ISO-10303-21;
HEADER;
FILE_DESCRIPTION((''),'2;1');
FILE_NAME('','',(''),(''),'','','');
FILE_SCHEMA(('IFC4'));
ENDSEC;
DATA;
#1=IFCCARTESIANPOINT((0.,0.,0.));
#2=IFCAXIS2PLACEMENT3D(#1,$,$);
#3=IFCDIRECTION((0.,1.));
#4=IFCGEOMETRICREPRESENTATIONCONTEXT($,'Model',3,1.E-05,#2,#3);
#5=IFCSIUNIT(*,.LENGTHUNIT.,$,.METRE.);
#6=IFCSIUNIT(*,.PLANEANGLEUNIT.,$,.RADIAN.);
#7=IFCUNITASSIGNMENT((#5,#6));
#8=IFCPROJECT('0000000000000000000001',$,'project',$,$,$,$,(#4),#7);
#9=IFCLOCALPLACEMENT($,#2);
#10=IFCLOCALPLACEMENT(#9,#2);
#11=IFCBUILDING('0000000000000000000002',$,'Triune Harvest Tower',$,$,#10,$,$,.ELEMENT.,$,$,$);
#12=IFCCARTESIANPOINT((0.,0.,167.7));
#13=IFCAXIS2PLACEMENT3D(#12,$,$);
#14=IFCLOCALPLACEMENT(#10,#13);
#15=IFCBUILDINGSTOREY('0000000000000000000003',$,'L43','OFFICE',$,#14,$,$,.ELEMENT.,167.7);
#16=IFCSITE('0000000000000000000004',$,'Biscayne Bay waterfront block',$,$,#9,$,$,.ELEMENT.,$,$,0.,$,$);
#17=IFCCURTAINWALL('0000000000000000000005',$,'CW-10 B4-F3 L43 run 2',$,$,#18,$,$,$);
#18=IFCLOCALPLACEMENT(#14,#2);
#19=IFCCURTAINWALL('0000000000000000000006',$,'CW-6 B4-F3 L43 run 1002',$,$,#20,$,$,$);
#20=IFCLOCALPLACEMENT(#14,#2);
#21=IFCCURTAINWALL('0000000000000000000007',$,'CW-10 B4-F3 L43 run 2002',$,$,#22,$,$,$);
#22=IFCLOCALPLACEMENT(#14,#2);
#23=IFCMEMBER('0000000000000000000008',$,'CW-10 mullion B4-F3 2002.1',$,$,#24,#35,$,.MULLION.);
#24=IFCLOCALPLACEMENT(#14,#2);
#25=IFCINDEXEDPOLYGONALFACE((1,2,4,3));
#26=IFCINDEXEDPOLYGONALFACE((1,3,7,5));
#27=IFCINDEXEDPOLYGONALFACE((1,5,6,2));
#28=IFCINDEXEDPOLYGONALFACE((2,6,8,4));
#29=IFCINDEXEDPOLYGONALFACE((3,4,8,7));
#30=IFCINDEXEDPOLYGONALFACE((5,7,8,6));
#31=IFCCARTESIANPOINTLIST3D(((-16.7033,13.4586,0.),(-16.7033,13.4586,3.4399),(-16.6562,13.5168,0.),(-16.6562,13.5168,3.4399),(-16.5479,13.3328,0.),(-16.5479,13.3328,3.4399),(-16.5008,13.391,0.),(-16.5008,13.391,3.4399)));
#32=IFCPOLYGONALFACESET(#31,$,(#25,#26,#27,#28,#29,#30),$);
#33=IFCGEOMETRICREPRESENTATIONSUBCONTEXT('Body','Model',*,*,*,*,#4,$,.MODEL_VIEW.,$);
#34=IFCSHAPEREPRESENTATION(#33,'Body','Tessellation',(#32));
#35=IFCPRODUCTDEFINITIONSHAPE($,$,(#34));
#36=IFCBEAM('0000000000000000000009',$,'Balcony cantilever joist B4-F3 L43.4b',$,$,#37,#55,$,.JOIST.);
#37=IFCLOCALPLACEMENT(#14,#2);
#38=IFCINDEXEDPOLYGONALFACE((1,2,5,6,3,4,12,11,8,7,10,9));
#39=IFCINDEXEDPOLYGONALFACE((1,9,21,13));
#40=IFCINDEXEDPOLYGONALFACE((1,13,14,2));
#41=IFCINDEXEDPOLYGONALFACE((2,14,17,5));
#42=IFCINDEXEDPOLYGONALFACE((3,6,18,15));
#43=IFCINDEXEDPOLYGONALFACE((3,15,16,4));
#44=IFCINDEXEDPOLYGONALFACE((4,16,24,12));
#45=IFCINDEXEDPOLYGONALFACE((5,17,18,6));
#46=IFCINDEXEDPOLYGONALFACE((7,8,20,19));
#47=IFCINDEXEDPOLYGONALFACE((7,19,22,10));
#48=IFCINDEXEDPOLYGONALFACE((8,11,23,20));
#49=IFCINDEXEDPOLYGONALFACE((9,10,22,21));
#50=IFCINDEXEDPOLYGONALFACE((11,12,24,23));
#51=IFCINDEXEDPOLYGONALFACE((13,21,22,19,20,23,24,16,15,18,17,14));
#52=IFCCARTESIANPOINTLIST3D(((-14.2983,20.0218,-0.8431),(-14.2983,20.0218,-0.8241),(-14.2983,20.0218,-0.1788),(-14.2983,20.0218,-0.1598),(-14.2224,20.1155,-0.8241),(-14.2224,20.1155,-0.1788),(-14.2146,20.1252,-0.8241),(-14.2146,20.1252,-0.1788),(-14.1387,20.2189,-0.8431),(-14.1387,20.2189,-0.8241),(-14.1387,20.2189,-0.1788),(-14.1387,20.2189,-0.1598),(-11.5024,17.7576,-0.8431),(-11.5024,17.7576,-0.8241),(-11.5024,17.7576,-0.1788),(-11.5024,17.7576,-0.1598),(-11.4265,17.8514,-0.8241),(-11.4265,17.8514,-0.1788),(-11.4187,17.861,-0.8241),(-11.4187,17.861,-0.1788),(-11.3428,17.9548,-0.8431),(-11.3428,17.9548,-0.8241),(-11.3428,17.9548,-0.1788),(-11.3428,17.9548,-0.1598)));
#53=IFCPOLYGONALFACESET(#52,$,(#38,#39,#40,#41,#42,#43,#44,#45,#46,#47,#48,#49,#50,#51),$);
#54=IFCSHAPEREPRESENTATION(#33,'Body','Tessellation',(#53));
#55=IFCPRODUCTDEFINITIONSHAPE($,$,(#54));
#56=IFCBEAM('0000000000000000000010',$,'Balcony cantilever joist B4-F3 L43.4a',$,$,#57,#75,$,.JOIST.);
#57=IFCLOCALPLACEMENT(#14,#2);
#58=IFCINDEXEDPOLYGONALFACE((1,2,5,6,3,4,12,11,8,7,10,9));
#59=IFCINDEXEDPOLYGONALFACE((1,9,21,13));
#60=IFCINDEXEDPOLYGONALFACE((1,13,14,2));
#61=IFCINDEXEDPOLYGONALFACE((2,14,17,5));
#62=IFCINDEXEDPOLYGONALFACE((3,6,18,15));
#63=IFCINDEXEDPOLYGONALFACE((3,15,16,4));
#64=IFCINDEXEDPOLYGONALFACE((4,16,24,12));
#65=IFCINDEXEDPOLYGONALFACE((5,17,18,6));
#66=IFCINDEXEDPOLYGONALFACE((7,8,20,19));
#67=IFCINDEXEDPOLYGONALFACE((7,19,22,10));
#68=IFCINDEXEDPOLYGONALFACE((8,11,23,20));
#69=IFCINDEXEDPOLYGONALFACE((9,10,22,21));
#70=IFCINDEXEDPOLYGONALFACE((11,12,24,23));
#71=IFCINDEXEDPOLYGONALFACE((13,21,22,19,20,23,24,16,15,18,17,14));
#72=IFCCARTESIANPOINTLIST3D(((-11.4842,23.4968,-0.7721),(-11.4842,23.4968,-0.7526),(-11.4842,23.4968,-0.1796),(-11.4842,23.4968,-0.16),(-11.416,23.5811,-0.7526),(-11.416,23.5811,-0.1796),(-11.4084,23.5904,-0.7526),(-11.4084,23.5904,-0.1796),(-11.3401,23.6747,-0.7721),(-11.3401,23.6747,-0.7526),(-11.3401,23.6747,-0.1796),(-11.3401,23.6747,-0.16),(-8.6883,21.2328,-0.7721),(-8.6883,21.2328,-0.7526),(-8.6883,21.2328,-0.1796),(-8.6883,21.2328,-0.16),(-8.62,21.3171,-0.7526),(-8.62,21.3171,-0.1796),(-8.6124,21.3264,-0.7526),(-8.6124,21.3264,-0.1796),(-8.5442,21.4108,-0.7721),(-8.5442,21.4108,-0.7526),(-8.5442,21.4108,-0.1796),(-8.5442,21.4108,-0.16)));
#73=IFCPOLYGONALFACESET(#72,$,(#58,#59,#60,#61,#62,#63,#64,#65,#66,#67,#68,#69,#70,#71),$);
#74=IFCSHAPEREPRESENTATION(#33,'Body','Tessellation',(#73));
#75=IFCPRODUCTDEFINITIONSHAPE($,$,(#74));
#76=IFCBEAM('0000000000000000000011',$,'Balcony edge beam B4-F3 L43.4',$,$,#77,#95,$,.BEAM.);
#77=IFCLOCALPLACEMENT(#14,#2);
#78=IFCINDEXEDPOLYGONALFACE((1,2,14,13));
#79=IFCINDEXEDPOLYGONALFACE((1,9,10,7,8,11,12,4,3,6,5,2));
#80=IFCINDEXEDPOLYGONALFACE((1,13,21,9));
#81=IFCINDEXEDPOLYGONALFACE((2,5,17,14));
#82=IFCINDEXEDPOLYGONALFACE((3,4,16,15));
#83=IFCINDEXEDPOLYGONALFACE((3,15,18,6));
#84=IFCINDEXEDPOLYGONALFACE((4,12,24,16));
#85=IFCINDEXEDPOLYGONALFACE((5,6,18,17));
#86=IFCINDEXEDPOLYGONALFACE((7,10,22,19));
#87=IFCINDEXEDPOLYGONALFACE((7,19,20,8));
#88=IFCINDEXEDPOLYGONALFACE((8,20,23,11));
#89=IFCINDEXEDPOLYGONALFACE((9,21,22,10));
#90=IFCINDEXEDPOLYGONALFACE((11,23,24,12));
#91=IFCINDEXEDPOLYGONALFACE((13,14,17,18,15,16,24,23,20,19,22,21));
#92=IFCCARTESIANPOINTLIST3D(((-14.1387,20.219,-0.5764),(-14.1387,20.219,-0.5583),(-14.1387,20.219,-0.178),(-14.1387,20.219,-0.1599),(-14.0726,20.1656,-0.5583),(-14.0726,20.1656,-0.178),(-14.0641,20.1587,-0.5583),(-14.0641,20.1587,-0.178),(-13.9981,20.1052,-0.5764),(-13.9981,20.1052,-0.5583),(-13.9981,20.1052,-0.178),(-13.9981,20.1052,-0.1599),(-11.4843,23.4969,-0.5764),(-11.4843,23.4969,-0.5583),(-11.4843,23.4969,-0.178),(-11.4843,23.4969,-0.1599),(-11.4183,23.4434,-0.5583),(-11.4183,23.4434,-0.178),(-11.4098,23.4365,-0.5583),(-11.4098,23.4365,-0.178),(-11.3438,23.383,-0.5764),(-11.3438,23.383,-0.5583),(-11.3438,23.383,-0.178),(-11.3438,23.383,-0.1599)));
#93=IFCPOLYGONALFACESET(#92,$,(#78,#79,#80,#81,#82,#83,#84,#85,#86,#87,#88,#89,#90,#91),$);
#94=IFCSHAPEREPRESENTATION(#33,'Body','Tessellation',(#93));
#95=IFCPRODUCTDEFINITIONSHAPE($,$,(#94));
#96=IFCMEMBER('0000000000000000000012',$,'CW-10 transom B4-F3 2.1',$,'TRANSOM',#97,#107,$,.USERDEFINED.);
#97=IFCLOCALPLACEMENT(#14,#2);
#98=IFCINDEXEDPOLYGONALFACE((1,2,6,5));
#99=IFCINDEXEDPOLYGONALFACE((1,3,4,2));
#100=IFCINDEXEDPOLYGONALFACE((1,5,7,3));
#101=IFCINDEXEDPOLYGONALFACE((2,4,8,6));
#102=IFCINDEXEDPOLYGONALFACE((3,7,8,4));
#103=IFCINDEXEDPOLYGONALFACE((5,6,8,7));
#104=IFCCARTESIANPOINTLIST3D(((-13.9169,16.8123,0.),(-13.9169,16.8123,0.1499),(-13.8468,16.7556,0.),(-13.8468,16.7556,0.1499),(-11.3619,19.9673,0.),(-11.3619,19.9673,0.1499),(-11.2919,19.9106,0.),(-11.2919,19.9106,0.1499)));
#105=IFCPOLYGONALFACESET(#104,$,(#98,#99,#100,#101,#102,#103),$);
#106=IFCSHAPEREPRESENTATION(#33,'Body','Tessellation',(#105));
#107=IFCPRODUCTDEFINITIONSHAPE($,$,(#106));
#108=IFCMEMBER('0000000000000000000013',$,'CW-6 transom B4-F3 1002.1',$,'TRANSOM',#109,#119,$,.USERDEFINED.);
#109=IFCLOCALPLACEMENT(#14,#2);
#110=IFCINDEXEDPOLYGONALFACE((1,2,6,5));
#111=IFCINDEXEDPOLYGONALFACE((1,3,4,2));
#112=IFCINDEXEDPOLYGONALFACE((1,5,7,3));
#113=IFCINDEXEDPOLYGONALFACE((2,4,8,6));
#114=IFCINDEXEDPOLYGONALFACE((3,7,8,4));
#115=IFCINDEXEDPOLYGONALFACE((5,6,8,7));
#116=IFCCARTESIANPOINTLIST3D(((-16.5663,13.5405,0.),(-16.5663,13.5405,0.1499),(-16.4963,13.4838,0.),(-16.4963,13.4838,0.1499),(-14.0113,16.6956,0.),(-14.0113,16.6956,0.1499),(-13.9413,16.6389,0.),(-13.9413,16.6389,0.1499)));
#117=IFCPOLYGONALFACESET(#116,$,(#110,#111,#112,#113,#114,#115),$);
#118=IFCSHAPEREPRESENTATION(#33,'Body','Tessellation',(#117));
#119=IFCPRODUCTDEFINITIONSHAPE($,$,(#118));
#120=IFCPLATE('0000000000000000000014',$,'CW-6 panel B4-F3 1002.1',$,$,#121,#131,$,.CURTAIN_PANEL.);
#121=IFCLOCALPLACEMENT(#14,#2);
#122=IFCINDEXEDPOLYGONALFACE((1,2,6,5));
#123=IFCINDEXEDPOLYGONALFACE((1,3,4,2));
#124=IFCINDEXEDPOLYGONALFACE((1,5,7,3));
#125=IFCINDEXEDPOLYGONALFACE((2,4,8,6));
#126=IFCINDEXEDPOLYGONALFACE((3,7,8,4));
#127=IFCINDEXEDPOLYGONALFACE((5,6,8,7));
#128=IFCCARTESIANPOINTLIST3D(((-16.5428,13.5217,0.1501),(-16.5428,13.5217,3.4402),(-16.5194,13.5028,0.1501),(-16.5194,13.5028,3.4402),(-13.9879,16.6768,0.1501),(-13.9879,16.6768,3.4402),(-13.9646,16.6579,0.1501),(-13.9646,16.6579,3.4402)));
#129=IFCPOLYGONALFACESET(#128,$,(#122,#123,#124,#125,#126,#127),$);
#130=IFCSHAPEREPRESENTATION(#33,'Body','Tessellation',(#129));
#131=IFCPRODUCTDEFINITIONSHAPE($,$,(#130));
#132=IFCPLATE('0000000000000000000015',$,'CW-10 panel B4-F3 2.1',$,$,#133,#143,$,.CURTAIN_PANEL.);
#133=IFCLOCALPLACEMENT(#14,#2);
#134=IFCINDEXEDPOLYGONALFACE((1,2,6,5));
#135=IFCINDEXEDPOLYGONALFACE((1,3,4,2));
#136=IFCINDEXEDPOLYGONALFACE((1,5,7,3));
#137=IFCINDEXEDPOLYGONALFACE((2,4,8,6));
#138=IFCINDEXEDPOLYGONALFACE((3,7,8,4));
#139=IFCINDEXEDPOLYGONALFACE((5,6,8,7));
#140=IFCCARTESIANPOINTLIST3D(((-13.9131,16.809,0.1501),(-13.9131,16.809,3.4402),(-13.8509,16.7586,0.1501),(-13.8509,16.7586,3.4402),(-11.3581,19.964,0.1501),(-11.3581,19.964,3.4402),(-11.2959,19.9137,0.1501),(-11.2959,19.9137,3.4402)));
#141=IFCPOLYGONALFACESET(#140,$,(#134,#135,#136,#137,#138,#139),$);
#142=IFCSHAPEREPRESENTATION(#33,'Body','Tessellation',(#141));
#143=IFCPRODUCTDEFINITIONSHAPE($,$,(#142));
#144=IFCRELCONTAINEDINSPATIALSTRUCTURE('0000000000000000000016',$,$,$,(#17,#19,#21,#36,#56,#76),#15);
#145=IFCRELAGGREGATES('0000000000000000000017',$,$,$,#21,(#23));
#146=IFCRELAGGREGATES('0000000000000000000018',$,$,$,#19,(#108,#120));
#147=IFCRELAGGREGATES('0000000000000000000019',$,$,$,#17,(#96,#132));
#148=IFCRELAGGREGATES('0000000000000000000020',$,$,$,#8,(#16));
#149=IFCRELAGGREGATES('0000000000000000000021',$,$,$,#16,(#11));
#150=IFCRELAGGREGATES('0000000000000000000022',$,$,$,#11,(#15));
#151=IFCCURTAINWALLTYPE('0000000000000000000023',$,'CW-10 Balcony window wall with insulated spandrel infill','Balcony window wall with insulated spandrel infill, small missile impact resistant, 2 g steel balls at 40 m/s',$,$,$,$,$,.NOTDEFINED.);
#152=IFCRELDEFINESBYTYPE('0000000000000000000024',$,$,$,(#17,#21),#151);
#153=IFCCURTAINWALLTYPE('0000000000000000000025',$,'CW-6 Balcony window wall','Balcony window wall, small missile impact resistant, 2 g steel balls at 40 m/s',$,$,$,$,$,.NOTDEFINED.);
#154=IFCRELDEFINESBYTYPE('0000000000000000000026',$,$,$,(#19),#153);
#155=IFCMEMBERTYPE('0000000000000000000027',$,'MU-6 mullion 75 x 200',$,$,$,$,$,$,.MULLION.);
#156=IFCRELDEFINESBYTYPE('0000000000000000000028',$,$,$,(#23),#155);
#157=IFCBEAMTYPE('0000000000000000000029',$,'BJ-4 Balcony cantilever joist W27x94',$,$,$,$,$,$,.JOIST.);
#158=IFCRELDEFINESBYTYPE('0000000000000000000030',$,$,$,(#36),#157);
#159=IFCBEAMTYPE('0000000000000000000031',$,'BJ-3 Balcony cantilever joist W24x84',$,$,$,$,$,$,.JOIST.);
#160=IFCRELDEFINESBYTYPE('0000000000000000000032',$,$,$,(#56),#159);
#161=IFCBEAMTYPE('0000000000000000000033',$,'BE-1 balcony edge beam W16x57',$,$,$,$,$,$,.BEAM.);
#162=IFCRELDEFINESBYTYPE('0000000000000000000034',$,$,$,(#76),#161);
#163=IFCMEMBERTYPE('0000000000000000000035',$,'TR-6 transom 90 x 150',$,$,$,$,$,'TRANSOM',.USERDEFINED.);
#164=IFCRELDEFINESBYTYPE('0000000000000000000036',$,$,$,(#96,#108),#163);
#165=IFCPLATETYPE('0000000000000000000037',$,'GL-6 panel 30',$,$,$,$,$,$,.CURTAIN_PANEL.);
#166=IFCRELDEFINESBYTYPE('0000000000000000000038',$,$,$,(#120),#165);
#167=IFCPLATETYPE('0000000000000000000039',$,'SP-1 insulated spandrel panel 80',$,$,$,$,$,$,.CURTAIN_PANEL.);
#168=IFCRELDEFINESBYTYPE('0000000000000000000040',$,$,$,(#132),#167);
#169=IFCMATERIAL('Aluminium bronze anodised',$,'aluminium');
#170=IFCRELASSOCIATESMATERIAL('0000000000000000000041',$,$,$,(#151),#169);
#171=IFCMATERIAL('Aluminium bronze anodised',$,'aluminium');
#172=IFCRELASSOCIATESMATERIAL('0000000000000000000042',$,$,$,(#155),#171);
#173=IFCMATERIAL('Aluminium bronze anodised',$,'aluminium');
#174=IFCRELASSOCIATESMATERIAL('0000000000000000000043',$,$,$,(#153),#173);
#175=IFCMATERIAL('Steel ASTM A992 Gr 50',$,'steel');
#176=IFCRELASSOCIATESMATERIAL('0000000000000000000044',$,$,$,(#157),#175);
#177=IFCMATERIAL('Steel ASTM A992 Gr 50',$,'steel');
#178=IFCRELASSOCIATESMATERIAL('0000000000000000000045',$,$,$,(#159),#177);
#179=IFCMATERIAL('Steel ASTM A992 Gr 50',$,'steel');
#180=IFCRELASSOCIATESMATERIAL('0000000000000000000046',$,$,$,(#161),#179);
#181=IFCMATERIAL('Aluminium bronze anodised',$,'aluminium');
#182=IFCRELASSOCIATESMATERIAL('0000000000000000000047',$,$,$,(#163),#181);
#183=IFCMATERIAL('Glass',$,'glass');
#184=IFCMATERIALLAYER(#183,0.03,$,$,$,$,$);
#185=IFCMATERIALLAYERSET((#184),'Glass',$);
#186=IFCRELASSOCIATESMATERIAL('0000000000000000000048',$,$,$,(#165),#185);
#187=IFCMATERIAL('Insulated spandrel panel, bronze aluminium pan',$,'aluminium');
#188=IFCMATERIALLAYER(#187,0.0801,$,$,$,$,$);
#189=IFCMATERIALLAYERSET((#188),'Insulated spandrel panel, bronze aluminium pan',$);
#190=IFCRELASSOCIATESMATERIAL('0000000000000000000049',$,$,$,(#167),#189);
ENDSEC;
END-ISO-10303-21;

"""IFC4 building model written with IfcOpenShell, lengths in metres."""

from ifc_helpers import new_model, si_unit, direction, frame, origin, origin_2d, place, context, subcontext, project, spatial, rectangle, i_section, extrude, source, transform, mapped, material, layer, layer_set, material_profile, profile_set, type_object, element, aggregate, save


model = new_model("IFC4")

# Units and contexts
model_context = context("Model", 3, precision=1e-05, world=origin(), true_north=direction((0.0, 1.0)))
body_context = subcontext(model_context, "Body", "Model", "MODEL_VIEW")
ifc_project = project(units=[si_unit("LENGTHUNIT", "METRE"), si_unit("PLANEANGLEUNIT", "RADIAN")], contexts=[model_context])

# Site, building, storey
site_placement = place(None, origin())
site = spatial("IfcSite", under=ifc_project, at=site_placement, Name="Biscayne Bay waterfront block", CompositionType="ELEMENT", RefElevation=0.0)
building_placement = place(site_placement, origin())
building = spatial("IfcBuilding", under=site, at=building_placement, Name="Triune Harvest Tower", CompositionType="ELEMENT")
storey_placement = place(building_placement, frame((0.0, 0.0, 167.7)))
storey = spatial("IfcBuildingStorey", under=building, at=storey_placement, Name="L43", Description="OFFICE", CompositionType="ELEMENT", Elevation=167.7)

# Curtain walls
ifc_material_1 = material(Name="Aluminium bronze anodised", Category="aluminium")
curtain_wall_type_1 = type_object("IfcCurtainWallType", Name="CW-10 Balcony window wall with insulated spandrel infill", Description="Balcony window wall with insulated spandrel infill, small missile impact resistant, 2 g steel balls at 40 m/s", PredefinedType="NOTDEFINED", material=ifc_material_1)
curtain_wall_1_placement = place(storey_placement, origin())
curtain_wall_1 = element("IfcCurtainWall", 1, at=curtain_wall_1_placement, inside=storey, type_object=curtain_wall_type_1, Name="CW-10 B4-F3 L43 run 2")
ifc_material_2 = material(Name="Aluminium bronze anodised", Category="aluminium")
ifc_material_profile_1 = material_profile(ifc_material_2, rectangle(XDim=0.2, YDim=0.075, at=origin_2d()), Name="MU-6 mullion 75 x 200")
ifc_profile_set_1 = profile_set([ifc_material_profile_1], Name="Aluminium bronze anodised")
member_type_1 = type_object("IfcMemberType", Name="MU-6 mullion 75 x 200", PredefinedType="MULLION", material=ifc_profile_set_1)
shared_shape_1 = source(origin(), body_context, "Body", "SweptSolid", [
    extrude(rectangle(XDim=0.2, YDim=0.075, at=origin_2d()), origin(), (0.0, 0.0, 1.0), 3.4399),
])
ifc_material_3 = material(Name="Aluminium bronze anodised", Category="aluminium")
curtain_wall_type_2 = type_object("IfcCurtainWallType", Name="CW-6 Balcony window wall", Description="Balcony window wall, small missile impact resistant, 2 g steel balls at 40 m/s", PredefinedType="NOTDEFINED", material=ifc_material_3)
curtain_wall_2_placement = place(storey_placement, origin())
curtain_wall_2 = element("IfcCurtainWall", 2, at=curtain_wall_2_placement, inside=storey, type_object=curtain_wall_type_2, Name="CW-6 B4-F3 L43 run 1002")

# Curtain wall, member
curtain_wall_3_placement = place(storey_placement, origin())
curtain_wall_3 = element("IfcCurtainWall", 3, at=curtain_wall_3_placement, inside=storey, type_object=curtain_wall_type_1, Name="CW-10 B4-F3 L43 run 2002")
member_1_placement = place(storey_placement, frame((-16.6021, 13.4248, 0.0), z_axis=(0.0, 0.0, 1.0), x_axis=(0.777145, -0.629322, 0.0)))
member_1 = element("IfcMember", 4, at=member_1_placement, type_object=member_type_1, Name="CW-10 mullion B4-F3 2002.1", PredefinedType="MULLION", context=body_context, shape_type="MappedRepresentation", body=[
    mapped(shared_shape_1, transform((0.0, 0.0, 0.0), scale=1.0)),
])
aggregate(curtain_wall_3, [member_1])

# Beams
ifc_material_4 = material(Name="Steel ASTM A992 Gr 50", Category="steel")
ifc_material_profile_2 = material_profile(ifc_material_4, i_section(OverallWidth=0.2537, OverallDepth=0.6833, WebThickness=0.0125, FlangeThickness=0.019, at=origin_2d()), Name="W27x94")
ifc_profile_set_2 = profile_set([ifc_material_profile_2], Name="Steel ASTM A992 Gr 50")
beam_type_1 = type_object("IfcBeamType", Name="BJ-4 Balcony cantilever joist W27x94", PredefinedType="JOIST", material=ifc_profile_set_2)
shared_shape_2 = source(origin(), body_context, "Body", "SweptSolid", [
    extrude(i_section(OverallWidth=0.2537, OverallDepth=0.6833, WebThickness=0.0125, FlangeThickness=0.019, at=origin_2d()), origin(), (0.0, 0.0, 1.0), 3.5977),
])
beam_1_placement = place(storey_placement, frame((-11.4226, 17.8562, -0.5015), z_axis=(-0.777134, 0.629335, 0.0), x_axis=(-0.629335, -0.777134, 0.0)))
element("IfcBeam", 5, at=beam_1_placement, inside=storey, type_object=beam_type_1, Name="Balcony cantilever joist B4-F3 L43.4b", PredefinedType="JOIST", context=body_context, shape_type="MappedRepresentation", body=[
    mapped(shared_shape_2, transform((0.0, 0.0, 0.0), scale=1.0)),
])
ifc_material_5 = material(Name="Steel ASTM A992 Gr 50", Category="steel")
ifc_material_profile_3 = material_profile(ifc_material_5, i_section(OverallWidth=0.229, OverallDepth=0.6121, WebThickness=0.012, FlangeThickness=0.0195, at=origin_2d()), Name="W24x84")
ifc_profile_set_3 = profile_set([ifc_material_profile_3], Name="Steel ASTM A992 Gr 50")
beam_type_2 = type_object("IfcBeamType", Name="BJ-3 Balcony cantilever joist W24x84", PredefinedType="JOIST", material=ifc_profile_set_3)
shared_shape_3 = source(origin(), body_context, "Body", "SweptSolid", [
    extrude(i_section(OverallWidth=0.229, OverallDepth=0.6121, WebThickness=0.012, FlangeThickness=0.0195, at=origin_2d()), origin(), (0.0, 0.0, 1.0), 3.5977),
])
beam_2_placement = place(storey_placement, frame((-8.6162, 21.3218, -0.4661), z_axis=(-0.777167, 0.629294, 0.0), x_axis=(-0.629294, -0.777167, 0.0)))
element("IfcBeam", 6, at=beam_2_placement, inside=storey, type_object=beam_type_2, Name="Balcony cantilever joist B4-F3 L43.4a", PredefinedType="JOIST", context=body_context, shape_type="MappedRepresentation", body=[
    mapped(shared_shape_3, transform((0.0, 0.0, 0.0), scale=1.0)),
])
ifc_material_6 = material(Name="Steel ASTM A992 Gr 50", Category="steel")
ifc_material_profile_4 = material_profile(ifc_material_6, i_section(OverallWidth=0.1809, OverallDepth=0.4165, WebThickness=0.011, FlangeThickness=0.0181, at=origin_2d()), Name="W16x57")
ifc_profile_set_4 = profile_set([ifc_material_profile_4], Name="Steel ASTM A992 Gr 50")
beam_type_3 = type_object("IfcBeamType", Name="BE-1 balcony edge beam W16x57", PredefinedType="BEAM", material=ifc_profile_set_4)
shared_shape_4 = source(origin(), body_context, "Body", "SweptSolid", [
    extrude(i_section(OverallWidth=0.1809, OverallDepth=0.4165, WebThickness=0.011, FlangeThickness=0.0181, at=origin_2d()), origin(), (0.0, 0.0, 1.0), 4.2178),
])
beam_3_placement = place(storey_placement, frame((-14.0684, 20.1621, -0.3682), z_axis=(0.629315, 0.777151, 0.0), x_axis=(-0.777151, 0.629315, 0.0)))
element("IfcBeam", 7, at=beam_3_placement, inside=storey, type_object=beam_type_3, Name="Balcony edge beam B4-F3 L43.4", PredefinedType="BEAM", context=body_context, shape_type="MappedRepresentation", body=[
    mapped(shared_shape_4, transform((0.0, 0.0, 0.0), scale=1.0)),
])

# Members
ifc_material_7 = material(Name="Aluminium bronze anodised", Category="aluminium")
ifc_material_profile_5 = material_profile(ifc_material_7, rectangle(XDim=0.0901, YDim=0.1499, at=origin_2d()), Name="TR-6 transom 90 x 150")
ifc_profile_set_5 = profile_set([ifc_material_profile_5], Name="Aluminium bronze anodised")
member_type_2 = type_object("IfcMemberType", Name="TR-6 transom 90 x 150", ElementType="TRANSOM", PredefinedType="USERDEFINED", material=ifc_profile_set_5)
shared_shape_5 = source(origin(), body_context, "Body", "SweptSolid", [
    extrude(rectangle(XDim=0.0901, YDim=0.1499, at=origin_2d()), origin(), (0.0, 0.0, 1.0), 4.0598),
])
member_2_placement = place(storey_placement, frame((-11.3269, 19.939, 0.075), z_axis=(-0.629326, -0.777141, 0.0), x_axis=(0.777141, -0.629326, 0.0)))
member_2 = element("IfcMember", 8, at=member_2_placement, type_object=member_type_2, Name="CW-10 transom B4-F3 2.1", ObjectType="TRANSOM", PredefinedType="USERDEFINED", context=body_context, shape_type="MappedRepresentation", body=[
    mapped(shared_shape_5, transform((0.0, 0.0, 0.0), scale=1.0)),
])
member_3_placement = place(storey_placement, frame((-13.9763, 16.6672, 0.075), z_axis=(-0.629326, -0.777141, 0.0), x_axis=(0.777141, -0.629326, 0.0)))
member_3 = element("IfcMember", 9, at=member_3_placement, type_object=member_type_2, Name="CW-6 transom B4-F3 1002.1", ObjectType="TRANSOM", PredefinedType="USERDEFINED", context=body_context, shape_type="MappedRepresentation", body=[
    mapped(shared_shape_5, transform((0.0, 0.0, 0.0), scale=1.0)),
])

# Plates
ifc_material_8 = material(Name="Glass", Category="glass")
ifc_layer_1 = layer(ifc_material_8, 0.03)
ifc_layer_set_1 = layer_set([ifc_layer_1], Name="Glass")
plate_type_1 = type_object("IfcPlateType", Name="GL-6 panel 30", PredefinedType="CURTAIN_PANEL", material=ifc_layer_set_1)
plate_1_placement = place(storey_placement, frame((-15.2537, 15.0898, 0.1501), z_axis=(0.0, 0.0, 1.0), x_axis=(-0.62931, -0.777154, 0.0)))
plate_1 = element("IfcPlate", 10, at=plate_1_placement, type_object=plate_type_1, Name="CW-6 panel B4-F3 1002.1", PredefinedType="CURTAIN_PANEL", context=body_context, shape_type="SweptSolid", body=[
    extrude(rectangle(XDim=4.0598, YDim=0.03, at=origin_2d()), origin(), (0.0, 0.0, 1.0), 3.29),
])
aggregate(curtain_wall_2, [member_3, plate_1])
ifc_material_9 = material(Name="Insulated spandrel panel, bronze aluminium pan", Category="aluminium")
ifc_layer_2 = layer(ifc_material_9, 0.0801)
ifc_layer_set_2 = layer_set([ifc_layer_2], Name="Insulated spandrel panel, bronze aluminium pan")
plate_type_2 = type_object("IfcPlateType", Name="SP-1 insulated spandrel panel 80", PredefinedType="CURTAIN_PANEL", material=ifc_layer_set_2)
plate_2_placement = place(storey_placement, frame((-12.6045, 18.3613, 0.1501), z_axis=(0.0, 0.0, 1.0), x_axis=(-0.629329, -0.777139, 0.0)))
plate_2 = element("IfcPlate", 11, at=plate_2_placement, type_object=plate_type_2, Name="CW-10 panel B4-F3 2.1", PredefinedType="CURTAIN_PANEL", context=body_context, shape_type="SweptSolid", body=[
    extrude(rectangle(XDim=4.0598, YDim=0.0801, at=origin_2d()), origin(), (0.0, 0.0, 1.0), 3.29),
])
aggregate(curtain_wall_1, [member_2, plate_2])

save(model, "model.ifc")
